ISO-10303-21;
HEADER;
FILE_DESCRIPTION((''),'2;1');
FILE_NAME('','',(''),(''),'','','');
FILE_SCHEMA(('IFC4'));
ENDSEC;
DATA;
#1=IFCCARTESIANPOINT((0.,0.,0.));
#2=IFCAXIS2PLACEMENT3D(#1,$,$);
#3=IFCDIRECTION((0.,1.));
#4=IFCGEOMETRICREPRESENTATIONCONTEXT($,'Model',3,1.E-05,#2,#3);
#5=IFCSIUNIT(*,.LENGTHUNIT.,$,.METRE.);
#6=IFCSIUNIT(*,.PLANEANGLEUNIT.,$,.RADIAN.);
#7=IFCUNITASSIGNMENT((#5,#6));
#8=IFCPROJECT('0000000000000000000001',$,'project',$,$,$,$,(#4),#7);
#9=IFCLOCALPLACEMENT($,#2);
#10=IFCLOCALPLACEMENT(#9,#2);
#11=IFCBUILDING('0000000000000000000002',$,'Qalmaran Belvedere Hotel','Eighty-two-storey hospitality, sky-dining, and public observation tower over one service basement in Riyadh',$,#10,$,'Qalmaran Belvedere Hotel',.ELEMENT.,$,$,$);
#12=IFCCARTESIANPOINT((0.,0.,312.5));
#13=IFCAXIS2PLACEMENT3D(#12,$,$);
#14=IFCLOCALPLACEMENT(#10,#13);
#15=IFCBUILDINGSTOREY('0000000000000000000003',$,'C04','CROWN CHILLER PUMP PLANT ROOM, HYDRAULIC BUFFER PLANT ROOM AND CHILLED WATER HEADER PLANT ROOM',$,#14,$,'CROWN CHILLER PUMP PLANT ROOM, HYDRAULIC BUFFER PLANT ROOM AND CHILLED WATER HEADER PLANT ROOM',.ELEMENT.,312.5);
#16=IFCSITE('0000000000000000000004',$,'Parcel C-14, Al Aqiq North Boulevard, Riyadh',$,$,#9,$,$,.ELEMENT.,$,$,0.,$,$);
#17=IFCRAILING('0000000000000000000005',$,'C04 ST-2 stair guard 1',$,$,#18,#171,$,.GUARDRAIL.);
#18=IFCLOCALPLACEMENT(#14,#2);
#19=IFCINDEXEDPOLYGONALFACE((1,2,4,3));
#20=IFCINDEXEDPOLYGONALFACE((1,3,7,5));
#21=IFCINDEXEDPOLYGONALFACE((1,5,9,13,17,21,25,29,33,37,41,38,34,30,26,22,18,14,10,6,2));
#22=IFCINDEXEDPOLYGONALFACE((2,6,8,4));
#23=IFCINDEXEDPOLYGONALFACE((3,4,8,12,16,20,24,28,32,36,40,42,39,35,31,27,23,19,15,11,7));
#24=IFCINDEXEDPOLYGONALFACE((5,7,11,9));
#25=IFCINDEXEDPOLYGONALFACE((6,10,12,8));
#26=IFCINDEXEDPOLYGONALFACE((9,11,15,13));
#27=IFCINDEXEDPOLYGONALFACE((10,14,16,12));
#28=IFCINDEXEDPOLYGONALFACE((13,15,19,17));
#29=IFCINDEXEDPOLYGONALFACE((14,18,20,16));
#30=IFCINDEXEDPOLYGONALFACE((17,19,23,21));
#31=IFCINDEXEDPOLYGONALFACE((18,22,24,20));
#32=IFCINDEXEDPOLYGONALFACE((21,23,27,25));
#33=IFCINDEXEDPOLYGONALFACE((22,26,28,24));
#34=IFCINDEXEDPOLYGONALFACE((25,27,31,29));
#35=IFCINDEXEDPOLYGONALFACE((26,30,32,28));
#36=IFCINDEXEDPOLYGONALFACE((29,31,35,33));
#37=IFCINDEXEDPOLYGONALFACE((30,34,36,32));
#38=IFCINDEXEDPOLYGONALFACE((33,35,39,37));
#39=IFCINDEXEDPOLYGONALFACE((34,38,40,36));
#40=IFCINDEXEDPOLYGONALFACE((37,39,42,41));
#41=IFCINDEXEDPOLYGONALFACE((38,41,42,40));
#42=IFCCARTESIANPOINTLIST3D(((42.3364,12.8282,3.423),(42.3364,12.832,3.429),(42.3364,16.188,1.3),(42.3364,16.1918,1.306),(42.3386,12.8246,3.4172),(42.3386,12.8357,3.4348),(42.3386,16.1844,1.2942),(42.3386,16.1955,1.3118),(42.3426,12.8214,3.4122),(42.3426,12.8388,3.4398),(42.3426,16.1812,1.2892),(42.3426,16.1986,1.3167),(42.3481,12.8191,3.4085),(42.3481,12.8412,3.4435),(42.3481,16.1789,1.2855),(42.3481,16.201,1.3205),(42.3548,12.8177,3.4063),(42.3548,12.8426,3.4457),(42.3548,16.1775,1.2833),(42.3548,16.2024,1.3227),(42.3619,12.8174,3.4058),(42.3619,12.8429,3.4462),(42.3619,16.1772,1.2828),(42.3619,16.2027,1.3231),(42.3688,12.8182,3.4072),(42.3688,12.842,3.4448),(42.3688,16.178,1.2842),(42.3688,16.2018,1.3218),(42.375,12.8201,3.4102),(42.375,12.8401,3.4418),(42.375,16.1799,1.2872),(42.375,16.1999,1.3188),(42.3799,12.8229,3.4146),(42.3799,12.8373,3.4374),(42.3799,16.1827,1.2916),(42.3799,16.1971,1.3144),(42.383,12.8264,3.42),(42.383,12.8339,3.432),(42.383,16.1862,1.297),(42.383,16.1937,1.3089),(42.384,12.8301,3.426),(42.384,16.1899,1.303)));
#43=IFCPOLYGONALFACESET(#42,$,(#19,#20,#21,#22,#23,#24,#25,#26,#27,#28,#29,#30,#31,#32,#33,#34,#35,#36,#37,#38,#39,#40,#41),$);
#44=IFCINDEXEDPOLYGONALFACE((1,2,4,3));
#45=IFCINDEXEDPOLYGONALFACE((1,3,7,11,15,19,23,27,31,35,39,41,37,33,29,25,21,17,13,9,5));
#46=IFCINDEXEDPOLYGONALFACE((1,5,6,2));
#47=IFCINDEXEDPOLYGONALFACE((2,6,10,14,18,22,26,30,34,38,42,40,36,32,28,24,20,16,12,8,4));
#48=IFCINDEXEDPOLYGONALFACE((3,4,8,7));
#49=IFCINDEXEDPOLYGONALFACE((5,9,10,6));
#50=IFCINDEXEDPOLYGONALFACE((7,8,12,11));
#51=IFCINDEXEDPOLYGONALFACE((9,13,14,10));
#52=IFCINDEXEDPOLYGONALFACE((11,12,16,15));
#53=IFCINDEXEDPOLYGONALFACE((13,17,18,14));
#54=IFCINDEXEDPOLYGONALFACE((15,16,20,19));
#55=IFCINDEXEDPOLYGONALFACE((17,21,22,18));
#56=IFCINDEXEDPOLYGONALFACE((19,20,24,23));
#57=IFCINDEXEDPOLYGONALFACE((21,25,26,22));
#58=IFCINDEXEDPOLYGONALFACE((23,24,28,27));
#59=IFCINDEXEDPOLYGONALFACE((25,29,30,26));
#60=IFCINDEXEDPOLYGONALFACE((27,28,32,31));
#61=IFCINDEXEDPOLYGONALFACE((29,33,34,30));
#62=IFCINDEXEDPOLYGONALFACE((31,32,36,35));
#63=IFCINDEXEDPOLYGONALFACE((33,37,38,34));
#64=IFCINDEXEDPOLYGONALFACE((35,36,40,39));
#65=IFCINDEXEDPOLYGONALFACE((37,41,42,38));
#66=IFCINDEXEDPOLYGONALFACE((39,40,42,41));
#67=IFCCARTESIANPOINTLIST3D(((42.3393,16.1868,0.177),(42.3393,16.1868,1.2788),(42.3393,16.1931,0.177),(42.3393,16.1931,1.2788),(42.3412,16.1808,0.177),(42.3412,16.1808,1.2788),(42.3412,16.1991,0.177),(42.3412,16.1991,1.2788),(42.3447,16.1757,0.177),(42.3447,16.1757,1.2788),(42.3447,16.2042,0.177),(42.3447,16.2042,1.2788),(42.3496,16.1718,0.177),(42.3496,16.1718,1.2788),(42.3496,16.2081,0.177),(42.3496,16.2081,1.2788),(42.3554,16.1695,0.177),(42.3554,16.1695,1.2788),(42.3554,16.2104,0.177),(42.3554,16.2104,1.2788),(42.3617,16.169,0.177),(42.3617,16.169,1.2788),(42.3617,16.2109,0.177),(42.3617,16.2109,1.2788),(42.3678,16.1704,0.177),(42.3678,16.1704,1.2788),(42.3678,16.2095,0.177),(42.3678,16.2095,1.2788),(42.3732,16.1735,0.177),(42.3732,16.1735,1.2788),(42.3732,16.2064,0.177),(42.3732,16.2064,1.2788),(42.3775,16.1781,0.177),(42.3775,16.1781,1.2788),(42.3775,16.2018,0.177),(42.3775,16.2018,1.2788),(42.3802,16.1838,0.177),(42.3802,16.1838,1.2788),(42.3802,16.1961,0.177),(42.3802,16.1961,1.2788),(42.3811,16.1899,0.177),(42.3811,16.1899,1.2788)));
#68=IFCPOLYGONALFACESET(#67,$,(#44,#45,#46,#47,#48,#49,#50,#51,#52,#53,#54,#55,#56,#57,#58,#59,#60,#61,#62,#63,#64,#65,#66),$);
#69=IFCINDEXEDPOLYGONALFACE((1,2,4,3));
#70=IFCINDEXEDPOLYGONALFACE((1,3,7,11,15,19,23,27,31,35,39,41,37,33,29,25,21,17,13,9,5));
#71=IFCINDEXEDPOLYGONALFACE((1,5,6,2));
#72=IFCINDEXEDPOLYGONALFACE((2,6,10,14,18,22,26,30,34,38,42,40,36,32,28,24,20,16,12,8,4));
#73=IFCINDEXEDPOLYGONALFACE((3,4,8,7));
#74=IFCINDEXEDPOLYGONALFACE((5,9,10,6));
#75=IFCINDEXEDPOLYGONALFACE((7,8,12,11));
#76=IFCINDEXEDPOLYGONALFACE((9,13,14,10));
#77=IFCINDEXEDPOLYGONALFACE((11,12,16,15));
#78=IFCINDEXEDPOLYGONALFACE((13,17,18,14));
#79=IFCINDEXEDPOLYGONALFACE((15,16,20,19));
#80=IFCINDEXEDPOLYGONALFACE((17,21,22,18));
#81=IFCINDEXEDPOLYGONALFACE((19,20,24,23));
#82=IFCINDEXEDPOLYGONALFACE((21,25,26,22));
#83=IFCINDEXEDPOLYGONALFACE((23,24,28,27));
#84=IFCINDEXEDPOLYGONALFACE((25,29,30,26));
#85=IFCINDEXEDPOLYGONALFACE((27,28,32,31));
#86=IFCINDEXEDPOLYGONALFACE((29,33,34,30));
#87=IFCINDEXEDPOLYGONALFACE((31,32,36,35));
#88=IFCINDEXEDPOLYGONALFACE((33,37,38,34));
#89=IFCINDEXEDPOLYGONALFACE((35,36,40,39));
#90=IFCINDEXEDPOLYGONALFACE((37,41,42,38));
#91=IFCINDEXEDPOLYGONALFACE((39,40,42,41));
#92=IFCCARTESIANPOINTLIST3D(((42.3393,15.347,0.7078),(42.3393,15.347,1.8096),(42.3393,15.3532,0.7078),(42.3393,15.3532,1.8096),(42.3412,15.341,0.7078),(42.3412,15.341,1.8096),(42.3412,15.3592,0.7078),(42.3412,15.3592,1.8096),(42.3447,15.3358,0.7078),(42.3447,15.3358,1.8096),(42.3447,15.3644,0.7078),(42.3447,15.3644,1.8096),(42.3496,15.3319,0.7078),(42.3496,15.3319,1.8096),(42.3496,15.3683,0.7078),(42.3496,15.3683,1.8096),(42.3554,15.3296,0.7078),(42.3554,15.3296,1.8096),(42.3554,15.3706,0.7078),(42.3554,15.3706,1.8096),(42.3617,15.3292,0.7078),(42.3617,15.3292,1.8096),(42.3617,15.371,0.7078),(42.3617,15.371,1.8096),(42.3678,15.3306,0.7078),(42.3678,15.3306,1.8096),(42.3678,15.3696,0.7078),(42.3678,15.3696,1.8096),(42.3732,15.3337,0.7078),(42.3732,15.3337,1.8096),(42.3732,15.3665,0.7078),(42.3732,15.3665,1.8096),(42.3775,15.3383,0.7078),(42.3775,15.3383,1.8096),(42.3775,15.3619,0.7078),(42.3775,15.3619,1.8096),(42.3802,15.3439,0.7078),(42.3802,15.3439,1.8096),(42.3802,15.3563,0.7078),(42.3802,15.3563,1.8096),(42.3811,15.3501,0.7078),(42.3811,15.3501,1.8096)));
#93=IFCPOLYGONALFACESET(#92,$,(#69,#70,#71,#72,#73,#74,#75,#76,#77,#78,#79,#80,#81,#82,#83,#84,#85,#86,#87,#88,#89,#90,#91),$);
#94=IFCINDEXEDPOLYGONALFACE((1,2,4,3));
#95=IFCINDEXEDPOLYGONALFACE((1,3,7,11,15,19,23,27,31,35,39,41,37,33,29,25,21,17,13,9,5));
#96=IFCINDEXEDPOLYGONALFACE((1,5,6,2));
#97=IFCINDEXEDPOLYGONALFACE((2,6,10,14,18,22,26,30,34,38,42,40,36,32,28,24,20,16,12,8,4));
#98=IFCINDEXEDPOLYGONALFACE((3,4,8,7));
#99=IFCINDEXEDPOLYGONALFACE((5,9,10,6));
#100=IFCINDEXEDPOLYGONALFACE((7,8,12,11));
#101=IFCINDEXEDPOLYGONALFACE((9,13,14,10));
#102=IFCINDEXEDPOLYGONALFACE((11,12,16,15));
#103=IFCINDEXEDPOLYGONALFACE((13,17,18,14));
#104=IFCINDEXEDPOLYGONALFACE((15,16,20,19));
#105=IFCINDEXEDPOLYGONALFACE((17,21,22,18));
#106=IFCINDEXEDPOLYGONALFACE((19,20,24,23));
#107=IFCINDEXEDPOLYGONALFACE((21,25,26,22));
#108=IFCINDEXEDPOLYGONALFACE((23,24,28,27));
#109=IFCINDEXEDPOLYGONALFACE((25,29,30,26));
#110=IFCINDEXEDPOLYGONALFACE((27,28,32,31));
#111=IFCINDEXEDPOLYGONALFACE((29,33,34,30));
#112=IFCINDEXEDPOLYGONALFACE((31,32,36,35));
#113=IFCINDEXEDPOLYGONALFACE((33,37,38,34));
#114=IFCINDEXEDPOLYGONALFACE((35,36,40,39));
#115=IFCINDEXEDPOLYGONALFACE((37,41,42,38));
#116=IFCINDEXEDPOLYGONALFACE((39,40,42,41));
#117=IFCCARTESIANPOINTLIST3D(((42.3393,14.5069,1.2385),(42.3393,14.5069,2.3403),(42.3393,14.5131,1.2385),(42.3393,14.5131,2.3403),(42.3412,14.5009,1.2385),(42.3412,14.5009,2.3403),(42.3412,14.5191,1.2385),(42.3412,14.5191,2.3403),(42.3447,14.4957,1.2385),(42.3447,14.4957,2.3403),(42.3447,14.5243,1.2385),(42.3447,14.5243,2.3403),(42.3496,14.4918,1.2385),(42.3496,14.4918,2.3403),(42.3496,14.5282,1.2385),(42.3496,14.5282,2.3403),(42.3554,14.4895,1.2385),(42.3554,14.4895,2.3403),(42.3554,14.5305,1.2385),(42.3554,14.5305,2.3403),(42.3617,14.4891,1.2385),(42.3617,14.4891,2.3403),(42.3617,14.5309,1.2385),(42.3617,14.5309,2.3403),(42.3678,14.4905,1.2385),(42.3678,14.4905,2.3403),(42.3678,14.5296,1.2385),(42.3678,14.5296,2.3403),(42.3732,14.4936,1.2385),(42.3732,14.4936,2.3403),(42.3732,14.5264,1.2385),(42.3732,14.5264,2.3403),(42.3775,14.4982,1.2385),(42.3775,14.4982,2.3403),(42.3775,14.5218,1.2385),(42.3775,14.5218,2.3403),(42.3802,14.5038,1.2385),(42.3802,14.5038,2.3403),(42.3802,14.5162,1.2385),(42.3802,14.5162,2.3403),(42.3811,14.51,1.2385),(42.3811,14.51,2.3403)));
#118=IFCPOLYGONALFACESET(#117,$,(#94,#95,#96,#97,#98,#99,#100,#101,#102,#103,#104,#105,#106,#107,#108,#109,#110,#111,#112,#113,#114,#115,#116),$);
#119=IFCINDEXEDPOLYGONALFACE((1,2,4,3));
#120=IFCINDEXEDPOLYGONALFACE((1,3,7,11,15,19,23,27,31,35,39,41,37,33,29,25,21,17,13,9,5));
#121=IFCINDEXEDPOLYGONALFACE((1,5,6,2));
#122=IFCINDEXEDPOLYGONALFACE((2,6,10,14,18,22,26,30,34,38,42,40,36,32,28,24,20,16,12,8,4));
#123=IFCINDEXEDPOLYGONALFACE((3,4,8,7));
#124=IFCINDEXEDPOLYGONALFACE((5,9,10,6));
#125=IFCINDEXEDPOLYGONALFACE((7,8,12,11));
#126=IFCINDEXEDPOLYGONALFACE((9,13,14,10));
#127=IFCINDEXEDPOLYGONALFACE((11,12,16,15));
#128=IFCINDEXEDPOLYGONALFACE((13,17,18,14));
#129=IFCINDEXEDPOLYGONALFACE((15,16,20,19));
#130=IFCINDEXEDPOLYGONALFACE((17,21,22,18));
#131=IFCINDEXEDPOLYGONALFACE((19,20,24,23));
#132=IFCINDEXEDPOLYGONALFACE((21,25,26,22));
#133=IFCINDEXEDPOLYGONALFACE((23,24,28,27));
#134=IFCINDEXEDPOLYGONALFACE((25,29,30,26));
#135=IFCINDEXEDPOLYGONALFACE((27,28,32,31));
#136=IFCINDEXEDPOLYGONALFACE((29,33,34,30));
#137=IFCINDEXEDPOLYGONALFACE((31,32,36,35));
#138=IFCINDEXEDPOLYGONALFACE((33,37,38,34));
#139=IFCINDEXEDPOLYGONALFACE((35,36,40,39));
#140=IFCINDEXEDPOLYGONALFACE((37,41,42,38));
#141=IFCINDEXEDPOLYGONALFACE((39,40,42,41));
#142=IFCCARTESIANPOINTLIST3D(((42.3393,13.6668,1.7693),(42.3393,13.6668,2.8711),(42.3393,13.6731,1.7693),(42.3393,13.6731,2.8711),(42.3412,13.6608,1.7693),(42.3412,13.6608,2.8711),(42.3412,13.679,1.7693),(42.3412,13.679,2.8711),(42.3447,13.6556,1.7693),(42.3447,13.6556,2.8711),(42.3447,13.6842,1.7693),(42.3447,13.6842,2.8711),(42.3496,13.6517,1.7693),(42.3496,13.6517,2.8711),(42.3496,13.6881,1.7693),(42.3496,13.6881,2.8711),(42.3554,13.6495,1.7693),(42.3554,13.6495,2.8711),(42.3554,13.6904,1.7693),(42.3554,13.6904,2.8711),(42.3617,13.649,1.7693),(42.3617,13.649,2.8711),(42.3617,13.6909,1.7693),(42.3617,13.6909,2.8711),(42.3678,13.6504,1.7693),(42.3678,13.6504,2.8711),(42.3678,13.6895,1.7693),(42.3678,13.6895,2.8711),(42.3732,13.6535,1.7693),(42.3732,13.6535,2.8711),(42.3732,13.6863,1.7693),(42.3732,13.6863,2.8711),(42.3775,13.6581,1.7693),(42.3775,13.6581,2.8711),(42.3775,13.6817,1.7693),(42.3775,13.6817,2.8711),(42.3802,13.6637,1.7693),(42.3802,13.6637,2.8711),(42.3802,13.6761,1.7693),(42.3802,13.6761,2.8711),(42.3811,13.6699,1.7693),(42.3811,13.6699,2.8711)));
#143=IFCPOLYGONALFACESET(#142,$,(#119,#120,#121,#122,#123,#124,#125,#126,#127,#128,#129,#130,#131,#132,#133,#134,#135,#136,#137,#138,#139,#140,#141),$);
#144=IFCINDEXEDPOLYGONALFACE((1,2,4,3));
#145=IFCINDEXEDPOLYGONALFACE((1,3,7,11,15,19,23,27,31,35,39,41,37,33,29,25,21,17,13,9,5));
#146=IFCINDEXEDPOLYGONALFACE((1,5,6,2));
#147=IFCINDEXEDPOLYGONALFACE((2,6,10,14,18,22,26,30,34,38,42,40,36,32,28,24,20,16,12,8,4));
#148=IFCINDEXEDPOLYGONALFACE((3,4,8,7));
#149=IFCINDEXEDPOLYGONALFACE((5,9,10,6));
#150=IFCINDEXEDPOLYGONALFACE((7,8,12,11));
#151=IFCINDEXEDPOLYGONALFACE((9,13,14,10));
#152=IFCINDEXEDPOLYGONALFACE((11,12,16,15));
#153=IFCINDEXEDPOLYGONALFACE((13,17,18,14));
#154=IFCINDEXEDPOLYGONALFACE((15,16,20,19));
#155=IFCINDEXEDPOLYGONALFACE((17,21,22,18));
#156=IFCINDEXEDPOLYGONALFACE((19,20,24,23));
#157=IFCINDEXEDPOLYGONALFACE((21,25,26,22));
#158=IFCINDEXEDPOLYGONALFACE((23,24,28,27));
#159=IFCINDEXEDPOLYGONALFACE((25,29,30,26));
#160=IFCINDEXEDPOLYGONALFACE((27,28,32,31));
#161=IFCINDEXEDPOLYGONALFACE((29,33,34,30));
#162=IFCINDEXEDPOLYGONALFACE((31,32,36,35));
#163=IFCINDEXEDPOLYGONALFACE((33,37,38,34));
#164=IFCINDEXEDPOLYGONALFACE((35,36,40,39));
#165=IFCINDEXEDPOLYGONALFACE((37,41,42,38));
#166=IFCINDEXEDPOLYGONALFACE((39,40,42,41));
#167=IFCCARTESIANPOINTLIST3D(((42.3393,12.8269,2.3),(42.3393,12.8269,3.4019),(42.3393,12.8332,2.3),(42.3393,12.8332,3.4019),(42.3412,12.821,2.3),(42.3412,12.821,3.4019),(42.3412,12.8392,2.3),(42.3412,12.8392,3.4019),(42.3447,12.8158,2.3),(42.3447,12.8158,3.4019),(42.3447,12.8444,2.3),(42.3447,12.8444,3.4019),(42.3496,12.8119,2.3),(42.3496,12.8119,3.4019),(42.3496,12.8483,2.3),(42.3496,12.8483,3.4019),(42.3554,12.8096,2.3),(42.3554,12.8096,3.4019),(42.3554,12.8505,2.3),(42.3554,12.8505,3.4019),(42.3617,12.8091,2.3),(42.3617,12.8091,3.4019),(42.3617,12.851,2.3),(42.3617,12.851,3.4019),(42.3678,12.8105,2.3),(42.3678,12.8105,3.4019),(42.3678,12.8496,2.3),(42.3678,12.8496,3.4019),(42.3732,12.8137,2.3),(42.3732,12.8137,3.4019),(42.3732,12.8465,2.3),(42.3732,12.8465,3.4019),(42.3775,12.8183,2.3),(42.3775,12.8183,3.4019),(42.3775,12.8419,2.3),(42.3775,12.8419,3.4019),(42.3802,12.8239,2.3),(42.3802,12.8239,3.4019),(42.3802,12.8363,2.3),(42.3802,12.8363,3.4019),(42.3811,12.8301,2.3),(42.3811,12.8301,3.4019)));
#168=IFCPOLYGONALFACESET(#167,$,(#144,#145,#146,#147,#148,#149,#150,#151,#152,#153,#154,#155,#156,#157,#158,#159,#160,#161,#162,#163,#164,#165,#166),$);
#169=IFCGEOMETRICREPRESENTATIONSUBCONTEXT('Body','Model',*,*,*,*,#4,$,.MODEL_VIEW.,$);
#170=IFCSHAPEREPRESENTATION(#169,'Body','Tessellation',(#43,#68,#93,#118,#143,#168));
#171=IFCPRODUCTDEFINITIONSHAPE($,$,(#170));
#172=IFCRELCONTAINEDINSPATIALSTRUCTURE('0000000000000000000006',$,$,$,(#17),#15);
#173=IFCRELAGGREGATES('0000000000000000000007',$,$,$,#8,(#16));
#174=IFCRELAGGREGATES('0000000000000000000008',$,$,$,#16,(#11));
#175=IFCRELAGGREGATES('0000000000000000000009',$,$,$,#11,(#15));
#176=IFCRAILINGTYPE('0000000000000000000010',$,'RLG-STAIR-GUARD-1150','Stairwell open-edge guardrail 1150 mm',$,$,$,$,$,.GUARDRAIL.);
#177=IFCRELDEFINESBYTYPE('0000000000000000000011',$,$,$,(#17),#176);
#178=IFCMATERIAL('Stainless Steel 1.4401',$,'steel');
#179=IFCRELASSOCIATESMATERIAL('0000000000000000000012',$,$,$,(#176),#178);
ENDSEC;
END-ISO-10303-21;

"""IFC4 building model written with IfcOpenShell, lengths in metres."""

from ifc_helpers import new_model, si_unit, direction, frame, origin, origin_2d, place, context, subcontext, project, spatial, circle, extrude, material, type_object, element, save


model = new_model("IFC4")

# Units and contexts
model_context = context("Model", 3, precision=1e-05, world=origin(), true_north=direction((0.0, 1.0)))
body_context = subcontext(model_context, "Body", "Model", "MODEL_VIEW")
ifc_project = project(units=[si_unit("LENGTHUNIT", "METRE"), si_unit("PLANEANGLEUNIT", "RADIAN")], contexts=[model_context])

# Site, building, storey
site_placement = place(None, origin())
site = spatial("IfcSite", under=ifc_project, at=site_placement, Name="Parcel C-14, Al Aqiq North Boulevard, Riyadh", CompositionType="ELEMENT", RefElevation=0.0)
building_placement = place(site_placement, origin())
building = spatial("IfcBuilding", under=site, at=building_placement, Name="Qalmaran Belvedere Hotel", Description="Eighty-two-storey hospitality, sky-dining, and public observation tower over one service basement in Riyadh", LongName="Qalmaran Belvedere Hotel", CompositionType="ELEMENT")
storey_placement = place(building_placement, frame((0.0, 0.0, 312.5)))
storey = spatial("IfcBuildingStorey", under=building, at=storey_placement, Name="C04", Description="CROWN CHILLER PUMP PLANT ROOM, HYDRAULIC BUFFER PLANT ROOM AND CHILLED WATER HEADER PLANT ROOM", LongName="CROWN CHILLER PUMP PLANT ROOM, HYDRAULIC BUFFER PLANT ROOM AND CHILLED WATER HEADER PLANT ROOM", CompositionType="ELEMENT", Elevation=312.5)

# Railing
ifc_material_1 = material(Name="Stainless Steel 1.4401", Category="steel")
railing_type_1 = type_object("IfcRailingType", Name="RLG-STAIR-GUARD-1150", Description="Stairwell open-edge guardrail 1150 mm", PredefinedType="GUARDRAIL", material=ifc_material_1)
railing_1_placement = place(storey_placement, frame((42.3601, 16.1899, 0.177)))
element("IfcRailing", 1, at=railing_1_placement, inside=storey, type_object=railing_type_1, Name="C04 ST-2 stair guard 1", PredefinedType="GUARDRAIL", context=body_context, shape_type="SweptSolid", body=[
    extrude(circle(Radius=0.0239, at=origin_2d()), frame((0.0, 0.0, 1.126), z_axis=(0.0, -0.845372, 0.534178), x_axis=(1.0, 0.0, 0.0)), (0.0, 0.0, 1.0), 3.9744),
    extrude(circle(Radius=0.021, at=origin_2d()), origin(), (0.0, 0.0, 1.0), 1.1018),
    extrude(circle(Radius=0.021, at=origin_2d()), frame((0.0, -0.8398, 0.5308)), (0.0, 0.0, 1.0), 1.1018),
    extrude(circle(Radius=0.021, at=origin_2d()), frame((0.0, -1.6799, 1.0615)), (0.0, 0.0, 1.0), 1.1018),
    extrude(circle(Radius=0.021, at=origin_2d()), frame((0.0, -2.52, 1.5923)), (0.0, 0.0, 1.0), 1.1018),
    extrude(circle(Radius=0.021, at=origin_2d()), frame((0.0, -3.3599, 2.123)), (0.0, 0.0, 1.0), 1.1018),
])

save(model, "model.ifc")
